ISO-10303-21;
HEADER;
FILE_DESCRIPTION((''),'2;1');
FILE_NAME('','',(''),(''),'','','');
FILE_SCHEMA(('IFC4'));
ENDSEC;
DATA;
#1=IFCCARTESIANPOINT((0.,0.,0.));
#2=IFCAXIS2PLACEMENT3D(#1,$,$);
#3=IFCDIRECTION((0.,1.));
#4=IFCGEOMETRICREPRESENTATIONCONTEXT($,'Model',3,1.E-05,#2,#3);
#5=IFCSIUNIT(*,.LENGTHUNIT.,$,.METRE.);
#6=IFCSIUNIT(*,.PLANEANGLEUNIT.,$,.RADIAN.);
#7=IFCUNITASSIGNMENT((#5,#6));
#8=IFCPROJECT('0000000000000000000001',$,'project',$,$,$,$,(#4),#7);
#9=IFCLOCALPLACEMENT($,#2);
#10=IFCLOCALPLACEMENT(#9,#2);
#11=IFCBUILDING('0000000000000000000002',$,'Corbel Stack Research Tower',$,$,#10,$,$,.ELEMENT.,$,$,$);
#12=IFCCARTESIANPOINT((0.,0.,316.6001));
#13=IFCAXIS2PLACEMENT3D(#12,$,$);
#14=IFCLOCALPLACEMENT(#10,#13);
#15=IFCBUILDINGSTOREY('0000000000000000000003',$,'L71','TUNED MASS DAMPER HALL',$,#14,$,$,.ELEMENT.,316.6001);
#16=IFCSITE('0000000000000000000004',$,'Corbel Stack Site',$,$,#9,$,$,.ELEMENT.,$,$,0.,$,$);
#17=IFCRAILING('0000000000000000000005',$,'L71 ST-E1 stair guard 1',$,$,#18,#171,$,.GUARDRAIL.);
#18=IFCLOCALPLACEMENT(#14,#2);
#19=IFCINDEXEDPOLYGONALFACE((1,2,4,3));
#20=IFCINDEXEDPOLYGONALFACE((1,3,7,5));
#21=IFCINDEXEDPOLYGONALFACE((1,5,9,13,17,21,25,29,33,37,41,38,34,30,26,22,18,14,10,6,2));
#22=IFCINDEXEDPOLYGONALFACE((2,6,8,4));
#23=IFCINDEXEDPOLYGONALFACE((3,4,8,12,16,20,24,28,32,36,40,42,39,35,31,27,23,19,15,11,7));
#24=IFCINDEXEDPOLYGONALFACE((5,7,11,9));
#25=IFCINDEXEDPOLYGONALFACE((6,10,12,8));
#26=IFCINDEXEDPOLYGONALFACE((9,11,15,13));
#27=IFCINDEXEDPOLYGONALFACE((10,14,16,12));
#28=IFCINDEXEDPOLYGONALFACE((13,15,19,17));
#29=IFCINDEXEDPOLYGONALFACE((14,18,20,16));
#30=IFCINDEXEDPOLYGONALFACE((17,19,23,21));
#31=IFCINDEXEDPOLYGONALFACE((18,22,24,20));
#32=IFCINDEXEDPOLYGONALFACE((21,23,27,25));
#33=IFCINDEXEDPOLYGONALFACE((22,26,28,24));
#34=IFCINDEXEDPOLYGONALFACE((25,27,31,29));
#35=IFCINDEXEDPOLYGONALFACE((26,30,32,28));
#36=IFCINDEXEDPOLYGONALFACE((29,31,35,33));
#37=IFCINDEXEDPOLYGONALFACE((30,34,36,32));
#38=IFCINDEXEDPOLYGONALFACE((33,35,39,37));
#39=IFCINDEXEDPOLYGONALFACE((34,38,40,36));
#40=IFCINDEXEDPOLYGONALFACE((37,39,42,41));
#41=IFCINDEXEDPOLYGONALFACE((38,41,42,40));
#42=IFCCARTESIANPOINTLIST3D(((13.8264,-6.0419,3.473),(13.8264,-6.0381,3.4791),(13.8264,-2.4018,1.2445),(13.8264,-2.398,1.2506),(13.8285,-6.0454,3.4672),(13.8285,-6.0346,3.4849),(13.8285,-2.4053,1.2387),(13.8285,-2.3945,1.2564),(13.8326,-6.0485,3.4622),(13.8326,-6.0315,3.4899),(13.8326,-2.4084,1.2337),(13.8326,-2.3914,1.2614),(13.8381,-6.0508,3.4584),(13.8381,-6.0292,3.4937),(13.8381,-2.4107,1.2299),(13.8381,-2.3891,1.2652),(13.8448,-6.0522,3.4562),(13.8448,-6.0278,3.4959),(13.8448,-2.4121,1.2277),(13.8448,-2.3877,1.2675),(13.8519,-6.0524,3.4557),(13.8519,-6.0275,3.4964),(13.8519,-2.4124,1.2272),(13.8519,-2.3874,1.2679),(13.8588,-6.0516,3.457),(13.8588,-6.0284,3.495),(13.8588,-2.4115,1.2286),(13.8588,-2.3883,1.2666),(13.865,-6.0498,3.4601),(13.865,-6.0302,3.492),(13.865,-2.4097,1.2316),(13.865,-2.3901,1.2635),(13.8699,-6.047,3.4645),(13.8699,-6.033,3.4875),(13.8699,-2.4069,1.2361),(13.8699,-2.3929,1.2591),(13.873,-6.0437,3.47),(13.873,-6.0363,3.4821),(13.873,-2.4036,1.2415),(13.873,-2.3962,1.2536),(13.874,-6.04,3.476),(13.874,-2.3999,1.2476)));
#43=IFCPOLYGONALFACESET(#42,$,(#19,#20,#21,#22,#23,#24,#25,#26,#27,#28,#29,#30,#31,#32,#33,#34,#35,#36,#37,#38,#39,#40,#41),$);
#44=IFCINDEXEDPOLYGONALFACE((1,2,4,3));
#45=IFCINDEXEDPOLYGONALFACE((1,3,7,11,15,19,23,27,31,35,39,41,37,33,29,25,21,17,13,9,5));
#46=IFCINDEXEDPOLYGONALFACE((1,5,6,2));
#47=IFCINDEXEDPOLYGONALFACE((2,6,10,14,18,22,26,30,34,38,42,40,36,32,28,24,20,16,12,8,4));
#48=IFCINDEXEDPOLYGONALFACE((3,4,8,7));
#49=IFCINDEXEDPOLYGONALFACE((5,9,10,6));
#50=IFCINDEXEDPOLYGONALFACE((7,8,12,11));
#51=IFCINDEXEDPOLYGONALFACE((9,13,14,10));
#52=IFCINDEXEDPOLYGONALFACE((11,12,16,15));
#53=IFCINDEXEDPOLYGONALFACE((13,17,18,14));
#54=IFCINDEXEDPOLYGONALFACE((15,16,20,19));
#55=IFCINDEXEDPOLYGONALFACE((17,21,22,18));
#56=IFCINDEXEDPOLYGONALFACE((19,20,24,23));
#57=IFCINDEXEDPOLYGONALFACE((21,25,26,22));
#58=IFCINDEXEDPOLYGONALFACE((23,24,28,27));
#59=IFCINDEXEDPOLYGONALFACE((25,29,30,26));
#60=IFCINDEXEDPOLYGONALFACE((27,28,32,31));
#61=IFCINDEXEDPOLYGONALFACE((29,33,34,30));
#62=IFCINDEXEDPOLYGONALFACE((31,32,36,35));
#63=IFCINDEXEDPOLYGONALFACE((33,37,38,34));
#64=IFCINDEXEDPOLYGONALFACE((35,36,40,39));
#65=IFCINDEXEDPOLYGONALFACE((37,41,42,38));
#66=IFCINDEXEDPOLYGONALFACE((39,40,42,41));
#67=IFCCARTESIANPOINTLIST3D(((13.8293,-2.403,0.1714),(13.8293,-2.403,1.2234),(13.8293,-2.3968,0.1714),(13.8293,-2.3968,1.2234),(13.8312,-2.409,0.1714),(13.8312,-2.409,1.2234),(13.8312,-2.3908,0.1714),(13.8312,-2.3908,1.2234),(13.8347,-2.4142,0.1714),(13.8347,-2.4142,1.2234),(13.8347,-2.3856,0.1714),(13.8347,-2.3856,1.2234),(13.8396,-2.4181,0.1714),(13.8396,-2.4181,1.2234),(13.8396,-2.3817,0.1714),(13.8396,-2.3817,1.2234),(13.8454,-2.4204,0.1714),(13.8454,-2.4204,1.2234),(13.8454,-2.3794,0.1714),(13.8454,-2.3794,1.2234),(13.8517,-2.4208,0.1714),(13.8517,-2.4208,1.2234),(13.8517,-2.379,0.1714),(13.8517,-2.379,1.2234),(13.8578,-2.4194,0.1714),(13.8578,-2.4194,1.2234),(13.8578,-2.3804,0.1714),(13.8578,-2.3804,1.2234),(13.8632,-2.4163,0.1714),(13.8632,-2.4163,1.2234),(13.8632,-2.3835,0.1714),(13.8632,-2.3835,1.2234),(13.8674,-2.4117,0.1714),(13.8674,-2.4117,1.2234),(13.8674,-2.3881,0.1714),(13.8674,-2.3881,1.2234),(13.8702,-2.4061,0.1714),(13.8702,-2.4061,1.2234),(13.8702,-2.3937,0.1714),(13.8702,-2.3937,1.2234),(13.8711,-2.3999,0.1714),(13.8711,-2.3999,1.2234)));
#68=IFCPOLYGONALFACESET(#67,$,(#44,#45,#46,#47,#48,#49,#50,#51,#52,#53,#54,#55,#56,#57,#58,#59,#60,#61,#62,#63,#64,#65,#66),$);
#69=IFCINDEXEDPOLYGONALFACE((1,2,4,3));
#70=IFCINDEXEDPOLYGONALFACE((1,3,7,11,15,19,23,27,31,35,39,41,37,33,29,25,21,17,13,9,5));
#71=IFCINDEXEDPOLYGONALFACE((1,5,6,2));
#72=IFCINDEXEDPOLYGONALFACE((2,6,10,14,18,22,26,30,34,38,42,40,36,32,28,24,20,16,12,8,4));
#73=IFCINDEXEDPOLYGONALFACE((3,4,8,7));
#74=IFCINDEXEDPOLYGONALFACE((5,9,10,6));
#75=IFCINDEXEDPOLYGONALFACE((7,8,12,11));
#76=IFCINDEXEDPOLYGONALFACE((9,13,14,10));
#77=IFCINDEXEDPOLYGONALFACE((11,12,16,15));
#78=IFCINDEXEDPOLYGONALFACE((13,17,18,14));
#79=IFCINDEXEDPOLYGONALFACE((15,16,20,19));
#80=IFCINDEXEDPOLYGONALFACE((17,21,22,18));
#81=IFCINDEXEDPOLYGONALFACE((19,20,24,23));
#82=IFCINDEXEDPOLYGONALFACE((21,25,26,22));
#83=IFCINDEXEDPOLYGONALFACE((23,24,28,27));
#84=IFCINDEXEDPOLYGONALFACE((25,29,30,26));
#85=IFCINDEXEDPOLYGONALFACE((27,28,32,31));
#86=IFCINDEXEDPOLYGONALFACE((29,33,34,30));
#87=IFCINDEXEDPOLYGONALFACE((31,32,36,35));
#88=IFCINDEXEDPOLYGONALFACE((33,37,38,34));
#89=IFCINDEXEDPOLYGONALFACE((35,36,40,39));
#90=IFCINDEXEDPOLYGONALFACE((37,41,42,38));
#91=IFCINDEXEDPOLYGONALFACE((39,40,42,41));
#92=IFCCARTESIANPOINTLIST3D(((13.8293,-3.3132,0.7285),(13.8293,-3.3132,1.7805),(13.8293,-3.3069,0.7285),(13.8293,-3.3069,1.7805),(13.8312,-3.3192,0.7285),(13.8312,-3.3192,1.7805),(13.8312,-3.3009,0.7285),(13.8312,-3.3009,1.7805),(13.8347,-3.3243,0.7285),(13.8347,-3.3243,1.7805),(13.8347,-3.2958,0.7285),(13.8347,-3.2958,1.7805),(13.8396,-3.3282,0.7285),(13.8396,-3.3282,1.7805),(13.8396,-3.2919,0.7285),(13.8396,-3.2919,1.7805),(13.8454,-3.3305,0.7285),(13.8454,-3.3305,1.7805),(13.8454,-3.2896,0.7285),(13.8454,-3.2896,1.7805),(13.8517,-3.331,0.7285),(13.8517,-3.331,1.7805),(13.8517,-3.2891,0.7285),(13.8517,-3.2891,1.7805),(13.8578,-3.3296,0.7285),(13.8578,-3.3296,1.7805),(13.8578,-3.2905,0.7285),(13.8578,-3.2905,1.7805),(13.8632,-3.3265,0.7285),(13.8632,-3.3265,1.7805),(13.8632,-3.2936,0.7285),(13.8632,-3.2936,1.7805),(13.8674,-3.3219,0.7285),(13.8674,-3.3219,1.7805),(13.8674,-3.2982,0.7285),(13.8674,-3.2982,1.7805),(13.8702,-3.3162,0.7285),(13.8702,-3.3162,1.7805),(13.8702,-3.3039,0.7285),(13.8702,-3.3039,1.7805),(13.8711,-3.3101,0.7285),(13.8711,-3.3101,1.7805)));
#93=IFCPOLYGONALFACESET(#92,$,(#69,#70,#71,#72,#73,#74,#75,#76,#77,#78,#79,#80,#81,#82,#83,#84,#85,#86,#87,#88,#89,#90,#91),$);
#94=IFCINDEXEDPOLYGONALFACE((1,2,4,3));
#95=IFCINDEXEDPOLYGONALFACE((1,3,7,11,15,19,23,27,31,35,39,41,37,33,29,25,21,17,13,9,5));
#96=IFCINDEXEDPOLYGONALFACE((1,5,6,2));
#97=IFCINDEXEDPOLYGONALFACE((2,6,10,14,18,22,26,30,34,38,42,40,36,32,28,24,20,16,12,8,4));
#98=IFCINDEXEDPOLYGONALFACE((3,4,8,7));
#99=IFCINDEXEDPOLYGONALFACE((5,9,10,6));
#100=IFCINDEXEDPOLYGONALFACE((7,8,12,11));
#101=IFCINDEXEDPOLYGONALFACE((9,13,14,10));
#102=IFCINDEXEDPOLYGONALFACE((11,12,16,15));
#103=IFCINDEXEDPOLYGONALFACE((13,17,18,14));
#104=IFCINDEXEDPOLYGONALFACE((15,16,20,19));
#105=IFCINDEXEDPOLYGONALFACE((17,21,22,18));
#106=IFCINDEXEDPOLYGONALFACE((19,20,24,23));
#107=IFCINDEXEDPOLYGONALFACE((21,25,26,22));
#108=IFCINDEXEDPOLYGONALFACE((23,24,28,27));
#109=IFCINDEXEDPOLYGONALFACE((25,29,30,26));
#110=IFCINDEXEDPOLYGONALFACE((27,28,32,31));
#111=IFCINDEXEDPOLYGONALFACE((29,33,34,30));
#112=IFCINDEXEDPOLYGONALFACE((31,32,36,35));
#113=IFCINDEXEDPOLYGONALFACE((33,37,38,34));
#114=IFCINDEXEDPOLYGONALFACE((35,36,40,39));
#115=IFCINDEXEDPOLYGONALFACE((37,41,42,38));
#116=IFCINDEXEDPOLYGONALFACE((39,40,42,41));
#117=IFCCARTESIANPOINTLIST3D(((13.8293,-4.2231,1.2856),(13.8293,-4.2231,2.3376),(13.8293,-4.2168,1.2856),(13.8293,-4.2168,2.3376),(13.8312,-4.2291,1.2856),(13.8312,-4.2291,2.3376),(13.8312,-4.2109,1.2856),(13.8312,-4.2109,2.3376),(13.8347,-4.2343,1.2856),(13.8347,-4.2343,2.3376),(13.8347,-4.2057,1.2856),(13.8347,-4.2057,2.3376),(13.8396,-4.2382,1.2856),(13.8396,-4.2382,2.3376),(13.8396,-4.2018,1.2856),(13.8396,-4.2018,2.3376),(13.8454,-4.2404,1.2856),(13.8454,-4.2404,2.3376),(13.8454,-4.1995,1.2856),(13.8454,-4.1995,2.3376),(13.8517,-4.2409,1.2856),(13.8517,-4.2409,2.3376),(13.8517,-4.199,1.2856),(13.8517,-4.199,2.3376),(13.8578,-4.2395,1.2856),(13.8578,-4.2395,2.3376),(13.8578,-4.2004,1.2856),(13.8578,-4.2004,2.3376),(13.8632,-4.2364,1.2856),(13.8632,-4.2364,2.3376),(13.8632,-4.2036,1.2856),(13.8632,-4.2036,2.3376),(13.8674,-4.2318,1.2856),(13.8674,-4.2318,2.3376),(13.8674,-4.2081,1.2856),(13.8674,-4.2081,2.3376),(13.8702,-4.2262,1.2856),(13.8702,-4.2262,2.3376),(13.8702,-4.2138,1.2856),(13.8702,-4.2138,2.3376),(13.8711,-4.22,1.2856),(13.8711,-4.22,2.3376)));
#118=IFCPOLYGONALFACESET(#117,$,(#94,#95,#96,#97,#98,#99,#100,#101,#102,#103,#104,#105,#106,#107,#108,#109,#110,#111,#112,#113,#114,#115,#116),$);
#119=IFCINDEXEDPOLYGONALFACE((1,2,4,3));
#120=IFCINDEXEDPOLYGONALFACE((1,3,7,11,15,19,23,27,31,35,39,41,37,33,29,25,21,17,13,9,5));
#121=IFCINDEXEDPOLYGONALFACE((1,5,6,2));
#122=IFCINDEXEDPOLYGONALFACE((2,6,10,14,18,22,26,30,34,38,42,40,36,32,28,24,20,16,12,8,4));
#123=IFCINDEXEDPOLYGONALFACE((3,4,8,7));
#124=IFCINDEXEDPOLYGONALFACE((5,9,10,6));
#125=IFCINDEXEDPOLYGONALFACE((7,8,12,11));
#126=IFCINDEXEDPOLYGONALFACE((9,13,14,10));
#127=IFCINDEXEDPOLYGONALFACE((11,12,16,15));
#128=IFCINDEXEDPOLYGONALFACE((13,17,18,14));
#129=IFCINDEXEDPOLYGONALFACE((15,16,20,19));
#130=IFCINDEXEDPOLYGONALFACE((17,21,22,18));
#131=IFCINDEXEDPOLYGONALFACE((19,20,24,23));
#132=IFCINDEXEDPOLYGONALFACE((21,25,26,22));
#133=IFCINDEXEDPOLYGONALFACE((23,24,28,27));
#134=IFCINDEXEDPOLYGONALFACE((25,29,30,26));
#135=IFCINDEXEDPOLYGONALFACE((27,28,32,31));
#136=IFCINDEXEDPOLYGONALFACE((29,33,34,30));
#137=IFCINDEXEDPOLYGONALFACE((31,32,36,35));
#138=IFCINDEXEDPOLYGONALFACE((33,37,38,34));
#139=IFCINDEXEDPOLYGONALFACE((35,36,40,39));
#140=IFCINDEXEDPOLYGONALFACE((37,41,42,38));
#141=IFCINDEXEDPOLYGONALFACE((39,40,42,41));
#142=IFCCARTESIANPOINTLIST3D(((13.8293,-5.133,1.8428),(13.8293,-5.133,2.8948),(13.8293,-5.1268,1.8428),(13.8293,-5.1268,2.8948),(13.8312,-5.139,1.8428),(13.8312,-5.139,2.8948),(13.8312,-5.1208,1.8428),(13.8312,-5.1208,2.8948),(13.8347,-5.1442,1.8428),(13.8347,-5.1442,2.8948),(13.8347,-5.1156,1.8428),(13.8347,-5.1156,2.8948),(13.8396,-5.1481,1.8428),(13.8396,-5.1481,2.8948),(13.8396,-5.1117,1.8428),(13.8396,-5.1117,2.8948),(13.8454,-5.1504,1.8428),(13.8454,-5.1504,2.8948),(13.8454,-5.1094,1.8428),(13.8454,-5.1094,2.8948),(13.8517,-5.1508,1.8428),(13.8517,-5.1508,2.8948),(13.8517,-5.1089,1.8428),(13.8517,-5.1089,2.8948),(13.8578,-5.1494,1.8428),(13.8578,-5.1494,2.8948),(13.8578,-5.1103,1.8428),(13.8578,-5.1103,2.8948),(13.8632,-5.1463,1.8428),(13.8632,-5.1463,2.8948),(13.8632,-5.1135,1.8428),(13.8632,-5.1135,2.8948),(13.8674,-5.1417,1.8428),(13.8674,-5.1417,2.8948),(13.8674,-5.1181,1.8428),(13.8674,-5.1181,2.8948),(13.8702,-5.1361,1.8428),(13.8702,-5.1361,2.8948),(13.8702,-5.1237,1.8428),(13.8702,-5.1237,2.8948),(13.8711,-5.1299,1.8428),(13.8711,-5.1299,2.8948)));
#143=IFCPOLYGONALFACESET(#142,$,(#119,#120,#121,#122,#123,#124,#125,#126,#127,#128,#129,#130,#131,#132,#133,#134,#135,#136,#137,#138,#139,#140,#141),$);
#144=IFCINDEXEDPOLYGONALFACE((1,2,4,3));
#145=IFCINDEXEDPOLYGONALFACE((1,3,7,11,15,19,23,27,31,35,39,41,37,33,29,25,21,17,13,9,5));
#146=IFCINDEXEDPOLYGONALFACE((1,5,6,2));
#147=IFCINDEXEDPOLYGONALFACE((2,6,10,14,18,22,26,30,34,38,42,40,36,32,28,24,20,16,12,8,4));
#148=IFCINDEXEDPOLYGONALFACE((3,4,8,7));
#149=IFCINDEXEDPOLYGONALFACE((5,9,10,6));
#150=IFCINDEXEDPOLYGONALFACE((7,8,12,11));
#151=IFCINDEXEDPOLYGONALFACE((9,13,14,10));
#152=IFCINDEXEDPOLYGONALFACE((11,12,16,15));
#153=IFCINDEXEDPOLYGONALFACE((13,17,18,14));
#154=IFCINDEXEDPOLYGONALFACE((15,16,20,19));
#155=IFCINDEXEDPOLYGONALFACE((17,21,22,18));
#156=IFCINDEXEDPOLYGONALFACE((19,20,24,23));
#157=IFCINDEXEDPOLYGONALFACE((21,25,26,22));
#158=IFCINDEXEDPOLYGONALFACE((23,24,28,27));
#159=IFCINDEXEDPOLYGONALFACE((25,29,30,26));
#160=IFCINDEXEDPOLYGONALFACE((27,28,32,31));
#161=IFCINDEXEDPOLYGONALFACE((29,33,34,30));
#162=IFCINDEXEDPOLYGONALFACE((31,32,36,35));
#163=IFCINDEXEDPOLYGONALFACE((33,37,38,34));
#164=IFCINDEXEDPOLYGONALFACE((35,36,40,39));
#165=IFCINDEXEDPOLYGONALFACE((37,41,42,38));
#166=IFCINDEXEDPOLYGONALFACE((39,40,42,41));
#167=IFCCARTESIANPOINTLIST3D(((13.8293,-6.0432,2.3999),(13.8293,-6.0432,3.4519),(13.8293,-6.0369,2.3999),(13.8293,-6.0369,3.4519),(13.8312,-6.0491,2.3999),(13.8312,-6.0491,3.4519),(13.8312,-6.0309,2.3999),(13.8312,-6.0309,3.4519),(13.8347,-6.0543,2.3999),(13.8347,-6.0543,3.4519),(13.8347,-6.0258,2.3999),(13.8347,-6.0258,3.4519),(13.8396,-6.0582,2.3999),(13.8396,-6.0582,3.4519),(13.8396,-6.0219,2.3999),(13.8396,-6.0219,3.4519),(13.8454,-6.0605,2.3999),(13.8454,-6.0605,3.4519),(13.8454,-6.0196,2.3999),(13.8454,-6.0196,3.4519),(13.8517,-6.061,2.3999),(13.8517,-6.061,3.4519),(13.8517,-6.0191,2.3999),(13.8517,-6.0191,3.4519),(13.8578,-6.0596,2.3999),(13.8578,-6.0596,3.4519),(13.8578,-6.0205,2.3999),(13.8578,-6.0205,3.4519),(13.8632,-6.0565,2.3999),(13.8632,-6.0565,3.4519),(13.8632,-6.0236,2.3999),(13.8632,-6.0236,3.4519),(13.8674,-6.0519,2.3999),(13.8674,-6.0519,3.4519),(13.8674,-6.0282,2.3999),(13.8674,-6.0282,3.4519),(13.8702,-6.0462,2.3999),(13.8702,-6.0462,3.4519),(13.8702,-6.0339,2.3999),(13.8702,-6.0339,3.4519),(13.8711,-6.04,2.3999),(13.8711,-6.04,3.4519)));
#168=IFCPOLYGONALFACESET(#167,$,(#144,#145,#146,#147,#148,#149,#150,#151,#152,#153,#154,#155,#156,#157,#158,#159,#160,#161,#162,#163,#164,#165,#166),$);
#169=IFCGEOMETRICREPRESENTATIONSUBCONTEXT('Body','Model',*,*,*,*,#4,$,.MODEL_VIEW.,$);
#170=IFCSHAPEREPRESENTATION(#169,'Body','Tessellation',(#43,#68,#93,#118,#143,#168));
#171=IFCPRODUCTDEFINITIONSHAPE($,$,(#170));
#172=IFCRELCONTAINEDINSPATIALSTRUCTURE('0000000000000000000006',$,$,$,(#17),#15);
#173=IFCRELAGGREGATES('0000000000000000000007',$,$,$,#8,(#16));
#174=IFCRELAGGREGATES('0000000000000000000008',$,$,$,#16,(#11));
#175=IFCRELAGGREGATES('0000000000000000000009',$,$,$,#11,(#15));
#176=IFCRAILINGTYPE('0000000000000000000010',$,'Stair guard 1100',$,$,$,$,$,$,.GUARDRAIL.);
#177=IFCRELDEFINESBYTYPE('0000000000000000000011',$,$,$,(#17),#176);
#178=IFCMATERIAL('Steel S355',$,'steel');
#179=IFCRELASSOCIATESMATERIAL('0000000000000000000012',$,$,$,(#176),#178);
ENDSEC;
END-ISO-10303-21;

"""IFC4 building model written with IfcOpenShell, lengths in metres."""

from ifc_helpers import new_model, si_unit, direction, frame, origin, origin_2d, place, context, subcontext, project, spatial, circle, extrude, material, type_object, element, save


model = new_model("IFC4")

# Units and contexts
model_context = context("Model", 3, precision=1e-05, world=origin(), true_north=direction((0.0, 1.0)))
body_context = subcontext(model_context, "Body", "Model", "MODEL_VIEW")
ifc_project = project(units=[si_unit("LENGTHUNIT", "METRE"), si_unit("PLANEANGLEUNIT", "RADIAN")], contexts=[model_context])

# Site, building, storey
site_placement = place(None, origin())
site = spatial("IfcSite", under=ifc_project, at=site_placement, Name="Corbel Stack Site", CompositionType="ELEMENT", RefElevation=0.0)
building_placement = place(site_placement, origin())
building = spatial("IfcBuilding", under=site, at=building_placement, Name="Corbel Stack Research Tower", CompositionType="ELEMENT")
storey_placement = place(building_placement, frame((0.0, 0.0, 316.6001)))
storey = spatial("IfcBuildingStorey", under=building, at=storey_placement, Name="L71", Description="TUNED MASS DAMPER HALL", CompositionType="ELEMENT", Elevation=316.6001)

# Railing
ifc_material_1 = material(Name="Steel S355", Category="steel")
railing_type_1 = type_object("IfcRailingType", Name="Stair guard 1100", PredefinedType="GUARDRAIL", material=ifc_material_1)
railing_1_placement = place(storey_placement, frame((13.8501, -2.3999, 0.1714)))
element("IfcRailing", 1, at=railing_1_placement, inside=storey, type_object=railing_type_1, Name="L71 ST-E1 stair guard 1", PredefinedType="GUARDRAIL", context=body_context, shape_type="SweptSolid", body=[
    extrude(circle(Radius=0.0239, at=origin_2d()), frame((0.0, 0.0, 1.0762), z_axis=(0.0, -0.852866, 0.52213), x_axis=(1.0, 0.0, 0.0)), (0.0, 0.0, 1.0), 4.2681),
    extrude(circle(Radius=0.021, at=origin_2d()), origin(), (0.0, 0.0, 1.0), 1.052),
    extrude(circle(Radius=0.021, at=origin_2d()), frame((0.0, -0.9102, 0.5571)), (0.0, 0.0, 1.0), 1.052),
    extrude(circle(Radius=0.021, at=origin_2d()), frame((0.0, -1.8201, 1.1143)), (0.0, 0.0, 1.0), 1.052),
    extrude(circle(Radius=0.021, at=origin_2d()), frame((0.0, -2.73, 1.6714)), (0.0, 0.0, 1.0), 1.052),
    extrude(circle(Radius=0.021, at=origin_2d()), frame((0.0, -3.6401, 2.2285)), (0.0, 0.0, 1.0), 1.052),
])

save(model, "model.ifc")
